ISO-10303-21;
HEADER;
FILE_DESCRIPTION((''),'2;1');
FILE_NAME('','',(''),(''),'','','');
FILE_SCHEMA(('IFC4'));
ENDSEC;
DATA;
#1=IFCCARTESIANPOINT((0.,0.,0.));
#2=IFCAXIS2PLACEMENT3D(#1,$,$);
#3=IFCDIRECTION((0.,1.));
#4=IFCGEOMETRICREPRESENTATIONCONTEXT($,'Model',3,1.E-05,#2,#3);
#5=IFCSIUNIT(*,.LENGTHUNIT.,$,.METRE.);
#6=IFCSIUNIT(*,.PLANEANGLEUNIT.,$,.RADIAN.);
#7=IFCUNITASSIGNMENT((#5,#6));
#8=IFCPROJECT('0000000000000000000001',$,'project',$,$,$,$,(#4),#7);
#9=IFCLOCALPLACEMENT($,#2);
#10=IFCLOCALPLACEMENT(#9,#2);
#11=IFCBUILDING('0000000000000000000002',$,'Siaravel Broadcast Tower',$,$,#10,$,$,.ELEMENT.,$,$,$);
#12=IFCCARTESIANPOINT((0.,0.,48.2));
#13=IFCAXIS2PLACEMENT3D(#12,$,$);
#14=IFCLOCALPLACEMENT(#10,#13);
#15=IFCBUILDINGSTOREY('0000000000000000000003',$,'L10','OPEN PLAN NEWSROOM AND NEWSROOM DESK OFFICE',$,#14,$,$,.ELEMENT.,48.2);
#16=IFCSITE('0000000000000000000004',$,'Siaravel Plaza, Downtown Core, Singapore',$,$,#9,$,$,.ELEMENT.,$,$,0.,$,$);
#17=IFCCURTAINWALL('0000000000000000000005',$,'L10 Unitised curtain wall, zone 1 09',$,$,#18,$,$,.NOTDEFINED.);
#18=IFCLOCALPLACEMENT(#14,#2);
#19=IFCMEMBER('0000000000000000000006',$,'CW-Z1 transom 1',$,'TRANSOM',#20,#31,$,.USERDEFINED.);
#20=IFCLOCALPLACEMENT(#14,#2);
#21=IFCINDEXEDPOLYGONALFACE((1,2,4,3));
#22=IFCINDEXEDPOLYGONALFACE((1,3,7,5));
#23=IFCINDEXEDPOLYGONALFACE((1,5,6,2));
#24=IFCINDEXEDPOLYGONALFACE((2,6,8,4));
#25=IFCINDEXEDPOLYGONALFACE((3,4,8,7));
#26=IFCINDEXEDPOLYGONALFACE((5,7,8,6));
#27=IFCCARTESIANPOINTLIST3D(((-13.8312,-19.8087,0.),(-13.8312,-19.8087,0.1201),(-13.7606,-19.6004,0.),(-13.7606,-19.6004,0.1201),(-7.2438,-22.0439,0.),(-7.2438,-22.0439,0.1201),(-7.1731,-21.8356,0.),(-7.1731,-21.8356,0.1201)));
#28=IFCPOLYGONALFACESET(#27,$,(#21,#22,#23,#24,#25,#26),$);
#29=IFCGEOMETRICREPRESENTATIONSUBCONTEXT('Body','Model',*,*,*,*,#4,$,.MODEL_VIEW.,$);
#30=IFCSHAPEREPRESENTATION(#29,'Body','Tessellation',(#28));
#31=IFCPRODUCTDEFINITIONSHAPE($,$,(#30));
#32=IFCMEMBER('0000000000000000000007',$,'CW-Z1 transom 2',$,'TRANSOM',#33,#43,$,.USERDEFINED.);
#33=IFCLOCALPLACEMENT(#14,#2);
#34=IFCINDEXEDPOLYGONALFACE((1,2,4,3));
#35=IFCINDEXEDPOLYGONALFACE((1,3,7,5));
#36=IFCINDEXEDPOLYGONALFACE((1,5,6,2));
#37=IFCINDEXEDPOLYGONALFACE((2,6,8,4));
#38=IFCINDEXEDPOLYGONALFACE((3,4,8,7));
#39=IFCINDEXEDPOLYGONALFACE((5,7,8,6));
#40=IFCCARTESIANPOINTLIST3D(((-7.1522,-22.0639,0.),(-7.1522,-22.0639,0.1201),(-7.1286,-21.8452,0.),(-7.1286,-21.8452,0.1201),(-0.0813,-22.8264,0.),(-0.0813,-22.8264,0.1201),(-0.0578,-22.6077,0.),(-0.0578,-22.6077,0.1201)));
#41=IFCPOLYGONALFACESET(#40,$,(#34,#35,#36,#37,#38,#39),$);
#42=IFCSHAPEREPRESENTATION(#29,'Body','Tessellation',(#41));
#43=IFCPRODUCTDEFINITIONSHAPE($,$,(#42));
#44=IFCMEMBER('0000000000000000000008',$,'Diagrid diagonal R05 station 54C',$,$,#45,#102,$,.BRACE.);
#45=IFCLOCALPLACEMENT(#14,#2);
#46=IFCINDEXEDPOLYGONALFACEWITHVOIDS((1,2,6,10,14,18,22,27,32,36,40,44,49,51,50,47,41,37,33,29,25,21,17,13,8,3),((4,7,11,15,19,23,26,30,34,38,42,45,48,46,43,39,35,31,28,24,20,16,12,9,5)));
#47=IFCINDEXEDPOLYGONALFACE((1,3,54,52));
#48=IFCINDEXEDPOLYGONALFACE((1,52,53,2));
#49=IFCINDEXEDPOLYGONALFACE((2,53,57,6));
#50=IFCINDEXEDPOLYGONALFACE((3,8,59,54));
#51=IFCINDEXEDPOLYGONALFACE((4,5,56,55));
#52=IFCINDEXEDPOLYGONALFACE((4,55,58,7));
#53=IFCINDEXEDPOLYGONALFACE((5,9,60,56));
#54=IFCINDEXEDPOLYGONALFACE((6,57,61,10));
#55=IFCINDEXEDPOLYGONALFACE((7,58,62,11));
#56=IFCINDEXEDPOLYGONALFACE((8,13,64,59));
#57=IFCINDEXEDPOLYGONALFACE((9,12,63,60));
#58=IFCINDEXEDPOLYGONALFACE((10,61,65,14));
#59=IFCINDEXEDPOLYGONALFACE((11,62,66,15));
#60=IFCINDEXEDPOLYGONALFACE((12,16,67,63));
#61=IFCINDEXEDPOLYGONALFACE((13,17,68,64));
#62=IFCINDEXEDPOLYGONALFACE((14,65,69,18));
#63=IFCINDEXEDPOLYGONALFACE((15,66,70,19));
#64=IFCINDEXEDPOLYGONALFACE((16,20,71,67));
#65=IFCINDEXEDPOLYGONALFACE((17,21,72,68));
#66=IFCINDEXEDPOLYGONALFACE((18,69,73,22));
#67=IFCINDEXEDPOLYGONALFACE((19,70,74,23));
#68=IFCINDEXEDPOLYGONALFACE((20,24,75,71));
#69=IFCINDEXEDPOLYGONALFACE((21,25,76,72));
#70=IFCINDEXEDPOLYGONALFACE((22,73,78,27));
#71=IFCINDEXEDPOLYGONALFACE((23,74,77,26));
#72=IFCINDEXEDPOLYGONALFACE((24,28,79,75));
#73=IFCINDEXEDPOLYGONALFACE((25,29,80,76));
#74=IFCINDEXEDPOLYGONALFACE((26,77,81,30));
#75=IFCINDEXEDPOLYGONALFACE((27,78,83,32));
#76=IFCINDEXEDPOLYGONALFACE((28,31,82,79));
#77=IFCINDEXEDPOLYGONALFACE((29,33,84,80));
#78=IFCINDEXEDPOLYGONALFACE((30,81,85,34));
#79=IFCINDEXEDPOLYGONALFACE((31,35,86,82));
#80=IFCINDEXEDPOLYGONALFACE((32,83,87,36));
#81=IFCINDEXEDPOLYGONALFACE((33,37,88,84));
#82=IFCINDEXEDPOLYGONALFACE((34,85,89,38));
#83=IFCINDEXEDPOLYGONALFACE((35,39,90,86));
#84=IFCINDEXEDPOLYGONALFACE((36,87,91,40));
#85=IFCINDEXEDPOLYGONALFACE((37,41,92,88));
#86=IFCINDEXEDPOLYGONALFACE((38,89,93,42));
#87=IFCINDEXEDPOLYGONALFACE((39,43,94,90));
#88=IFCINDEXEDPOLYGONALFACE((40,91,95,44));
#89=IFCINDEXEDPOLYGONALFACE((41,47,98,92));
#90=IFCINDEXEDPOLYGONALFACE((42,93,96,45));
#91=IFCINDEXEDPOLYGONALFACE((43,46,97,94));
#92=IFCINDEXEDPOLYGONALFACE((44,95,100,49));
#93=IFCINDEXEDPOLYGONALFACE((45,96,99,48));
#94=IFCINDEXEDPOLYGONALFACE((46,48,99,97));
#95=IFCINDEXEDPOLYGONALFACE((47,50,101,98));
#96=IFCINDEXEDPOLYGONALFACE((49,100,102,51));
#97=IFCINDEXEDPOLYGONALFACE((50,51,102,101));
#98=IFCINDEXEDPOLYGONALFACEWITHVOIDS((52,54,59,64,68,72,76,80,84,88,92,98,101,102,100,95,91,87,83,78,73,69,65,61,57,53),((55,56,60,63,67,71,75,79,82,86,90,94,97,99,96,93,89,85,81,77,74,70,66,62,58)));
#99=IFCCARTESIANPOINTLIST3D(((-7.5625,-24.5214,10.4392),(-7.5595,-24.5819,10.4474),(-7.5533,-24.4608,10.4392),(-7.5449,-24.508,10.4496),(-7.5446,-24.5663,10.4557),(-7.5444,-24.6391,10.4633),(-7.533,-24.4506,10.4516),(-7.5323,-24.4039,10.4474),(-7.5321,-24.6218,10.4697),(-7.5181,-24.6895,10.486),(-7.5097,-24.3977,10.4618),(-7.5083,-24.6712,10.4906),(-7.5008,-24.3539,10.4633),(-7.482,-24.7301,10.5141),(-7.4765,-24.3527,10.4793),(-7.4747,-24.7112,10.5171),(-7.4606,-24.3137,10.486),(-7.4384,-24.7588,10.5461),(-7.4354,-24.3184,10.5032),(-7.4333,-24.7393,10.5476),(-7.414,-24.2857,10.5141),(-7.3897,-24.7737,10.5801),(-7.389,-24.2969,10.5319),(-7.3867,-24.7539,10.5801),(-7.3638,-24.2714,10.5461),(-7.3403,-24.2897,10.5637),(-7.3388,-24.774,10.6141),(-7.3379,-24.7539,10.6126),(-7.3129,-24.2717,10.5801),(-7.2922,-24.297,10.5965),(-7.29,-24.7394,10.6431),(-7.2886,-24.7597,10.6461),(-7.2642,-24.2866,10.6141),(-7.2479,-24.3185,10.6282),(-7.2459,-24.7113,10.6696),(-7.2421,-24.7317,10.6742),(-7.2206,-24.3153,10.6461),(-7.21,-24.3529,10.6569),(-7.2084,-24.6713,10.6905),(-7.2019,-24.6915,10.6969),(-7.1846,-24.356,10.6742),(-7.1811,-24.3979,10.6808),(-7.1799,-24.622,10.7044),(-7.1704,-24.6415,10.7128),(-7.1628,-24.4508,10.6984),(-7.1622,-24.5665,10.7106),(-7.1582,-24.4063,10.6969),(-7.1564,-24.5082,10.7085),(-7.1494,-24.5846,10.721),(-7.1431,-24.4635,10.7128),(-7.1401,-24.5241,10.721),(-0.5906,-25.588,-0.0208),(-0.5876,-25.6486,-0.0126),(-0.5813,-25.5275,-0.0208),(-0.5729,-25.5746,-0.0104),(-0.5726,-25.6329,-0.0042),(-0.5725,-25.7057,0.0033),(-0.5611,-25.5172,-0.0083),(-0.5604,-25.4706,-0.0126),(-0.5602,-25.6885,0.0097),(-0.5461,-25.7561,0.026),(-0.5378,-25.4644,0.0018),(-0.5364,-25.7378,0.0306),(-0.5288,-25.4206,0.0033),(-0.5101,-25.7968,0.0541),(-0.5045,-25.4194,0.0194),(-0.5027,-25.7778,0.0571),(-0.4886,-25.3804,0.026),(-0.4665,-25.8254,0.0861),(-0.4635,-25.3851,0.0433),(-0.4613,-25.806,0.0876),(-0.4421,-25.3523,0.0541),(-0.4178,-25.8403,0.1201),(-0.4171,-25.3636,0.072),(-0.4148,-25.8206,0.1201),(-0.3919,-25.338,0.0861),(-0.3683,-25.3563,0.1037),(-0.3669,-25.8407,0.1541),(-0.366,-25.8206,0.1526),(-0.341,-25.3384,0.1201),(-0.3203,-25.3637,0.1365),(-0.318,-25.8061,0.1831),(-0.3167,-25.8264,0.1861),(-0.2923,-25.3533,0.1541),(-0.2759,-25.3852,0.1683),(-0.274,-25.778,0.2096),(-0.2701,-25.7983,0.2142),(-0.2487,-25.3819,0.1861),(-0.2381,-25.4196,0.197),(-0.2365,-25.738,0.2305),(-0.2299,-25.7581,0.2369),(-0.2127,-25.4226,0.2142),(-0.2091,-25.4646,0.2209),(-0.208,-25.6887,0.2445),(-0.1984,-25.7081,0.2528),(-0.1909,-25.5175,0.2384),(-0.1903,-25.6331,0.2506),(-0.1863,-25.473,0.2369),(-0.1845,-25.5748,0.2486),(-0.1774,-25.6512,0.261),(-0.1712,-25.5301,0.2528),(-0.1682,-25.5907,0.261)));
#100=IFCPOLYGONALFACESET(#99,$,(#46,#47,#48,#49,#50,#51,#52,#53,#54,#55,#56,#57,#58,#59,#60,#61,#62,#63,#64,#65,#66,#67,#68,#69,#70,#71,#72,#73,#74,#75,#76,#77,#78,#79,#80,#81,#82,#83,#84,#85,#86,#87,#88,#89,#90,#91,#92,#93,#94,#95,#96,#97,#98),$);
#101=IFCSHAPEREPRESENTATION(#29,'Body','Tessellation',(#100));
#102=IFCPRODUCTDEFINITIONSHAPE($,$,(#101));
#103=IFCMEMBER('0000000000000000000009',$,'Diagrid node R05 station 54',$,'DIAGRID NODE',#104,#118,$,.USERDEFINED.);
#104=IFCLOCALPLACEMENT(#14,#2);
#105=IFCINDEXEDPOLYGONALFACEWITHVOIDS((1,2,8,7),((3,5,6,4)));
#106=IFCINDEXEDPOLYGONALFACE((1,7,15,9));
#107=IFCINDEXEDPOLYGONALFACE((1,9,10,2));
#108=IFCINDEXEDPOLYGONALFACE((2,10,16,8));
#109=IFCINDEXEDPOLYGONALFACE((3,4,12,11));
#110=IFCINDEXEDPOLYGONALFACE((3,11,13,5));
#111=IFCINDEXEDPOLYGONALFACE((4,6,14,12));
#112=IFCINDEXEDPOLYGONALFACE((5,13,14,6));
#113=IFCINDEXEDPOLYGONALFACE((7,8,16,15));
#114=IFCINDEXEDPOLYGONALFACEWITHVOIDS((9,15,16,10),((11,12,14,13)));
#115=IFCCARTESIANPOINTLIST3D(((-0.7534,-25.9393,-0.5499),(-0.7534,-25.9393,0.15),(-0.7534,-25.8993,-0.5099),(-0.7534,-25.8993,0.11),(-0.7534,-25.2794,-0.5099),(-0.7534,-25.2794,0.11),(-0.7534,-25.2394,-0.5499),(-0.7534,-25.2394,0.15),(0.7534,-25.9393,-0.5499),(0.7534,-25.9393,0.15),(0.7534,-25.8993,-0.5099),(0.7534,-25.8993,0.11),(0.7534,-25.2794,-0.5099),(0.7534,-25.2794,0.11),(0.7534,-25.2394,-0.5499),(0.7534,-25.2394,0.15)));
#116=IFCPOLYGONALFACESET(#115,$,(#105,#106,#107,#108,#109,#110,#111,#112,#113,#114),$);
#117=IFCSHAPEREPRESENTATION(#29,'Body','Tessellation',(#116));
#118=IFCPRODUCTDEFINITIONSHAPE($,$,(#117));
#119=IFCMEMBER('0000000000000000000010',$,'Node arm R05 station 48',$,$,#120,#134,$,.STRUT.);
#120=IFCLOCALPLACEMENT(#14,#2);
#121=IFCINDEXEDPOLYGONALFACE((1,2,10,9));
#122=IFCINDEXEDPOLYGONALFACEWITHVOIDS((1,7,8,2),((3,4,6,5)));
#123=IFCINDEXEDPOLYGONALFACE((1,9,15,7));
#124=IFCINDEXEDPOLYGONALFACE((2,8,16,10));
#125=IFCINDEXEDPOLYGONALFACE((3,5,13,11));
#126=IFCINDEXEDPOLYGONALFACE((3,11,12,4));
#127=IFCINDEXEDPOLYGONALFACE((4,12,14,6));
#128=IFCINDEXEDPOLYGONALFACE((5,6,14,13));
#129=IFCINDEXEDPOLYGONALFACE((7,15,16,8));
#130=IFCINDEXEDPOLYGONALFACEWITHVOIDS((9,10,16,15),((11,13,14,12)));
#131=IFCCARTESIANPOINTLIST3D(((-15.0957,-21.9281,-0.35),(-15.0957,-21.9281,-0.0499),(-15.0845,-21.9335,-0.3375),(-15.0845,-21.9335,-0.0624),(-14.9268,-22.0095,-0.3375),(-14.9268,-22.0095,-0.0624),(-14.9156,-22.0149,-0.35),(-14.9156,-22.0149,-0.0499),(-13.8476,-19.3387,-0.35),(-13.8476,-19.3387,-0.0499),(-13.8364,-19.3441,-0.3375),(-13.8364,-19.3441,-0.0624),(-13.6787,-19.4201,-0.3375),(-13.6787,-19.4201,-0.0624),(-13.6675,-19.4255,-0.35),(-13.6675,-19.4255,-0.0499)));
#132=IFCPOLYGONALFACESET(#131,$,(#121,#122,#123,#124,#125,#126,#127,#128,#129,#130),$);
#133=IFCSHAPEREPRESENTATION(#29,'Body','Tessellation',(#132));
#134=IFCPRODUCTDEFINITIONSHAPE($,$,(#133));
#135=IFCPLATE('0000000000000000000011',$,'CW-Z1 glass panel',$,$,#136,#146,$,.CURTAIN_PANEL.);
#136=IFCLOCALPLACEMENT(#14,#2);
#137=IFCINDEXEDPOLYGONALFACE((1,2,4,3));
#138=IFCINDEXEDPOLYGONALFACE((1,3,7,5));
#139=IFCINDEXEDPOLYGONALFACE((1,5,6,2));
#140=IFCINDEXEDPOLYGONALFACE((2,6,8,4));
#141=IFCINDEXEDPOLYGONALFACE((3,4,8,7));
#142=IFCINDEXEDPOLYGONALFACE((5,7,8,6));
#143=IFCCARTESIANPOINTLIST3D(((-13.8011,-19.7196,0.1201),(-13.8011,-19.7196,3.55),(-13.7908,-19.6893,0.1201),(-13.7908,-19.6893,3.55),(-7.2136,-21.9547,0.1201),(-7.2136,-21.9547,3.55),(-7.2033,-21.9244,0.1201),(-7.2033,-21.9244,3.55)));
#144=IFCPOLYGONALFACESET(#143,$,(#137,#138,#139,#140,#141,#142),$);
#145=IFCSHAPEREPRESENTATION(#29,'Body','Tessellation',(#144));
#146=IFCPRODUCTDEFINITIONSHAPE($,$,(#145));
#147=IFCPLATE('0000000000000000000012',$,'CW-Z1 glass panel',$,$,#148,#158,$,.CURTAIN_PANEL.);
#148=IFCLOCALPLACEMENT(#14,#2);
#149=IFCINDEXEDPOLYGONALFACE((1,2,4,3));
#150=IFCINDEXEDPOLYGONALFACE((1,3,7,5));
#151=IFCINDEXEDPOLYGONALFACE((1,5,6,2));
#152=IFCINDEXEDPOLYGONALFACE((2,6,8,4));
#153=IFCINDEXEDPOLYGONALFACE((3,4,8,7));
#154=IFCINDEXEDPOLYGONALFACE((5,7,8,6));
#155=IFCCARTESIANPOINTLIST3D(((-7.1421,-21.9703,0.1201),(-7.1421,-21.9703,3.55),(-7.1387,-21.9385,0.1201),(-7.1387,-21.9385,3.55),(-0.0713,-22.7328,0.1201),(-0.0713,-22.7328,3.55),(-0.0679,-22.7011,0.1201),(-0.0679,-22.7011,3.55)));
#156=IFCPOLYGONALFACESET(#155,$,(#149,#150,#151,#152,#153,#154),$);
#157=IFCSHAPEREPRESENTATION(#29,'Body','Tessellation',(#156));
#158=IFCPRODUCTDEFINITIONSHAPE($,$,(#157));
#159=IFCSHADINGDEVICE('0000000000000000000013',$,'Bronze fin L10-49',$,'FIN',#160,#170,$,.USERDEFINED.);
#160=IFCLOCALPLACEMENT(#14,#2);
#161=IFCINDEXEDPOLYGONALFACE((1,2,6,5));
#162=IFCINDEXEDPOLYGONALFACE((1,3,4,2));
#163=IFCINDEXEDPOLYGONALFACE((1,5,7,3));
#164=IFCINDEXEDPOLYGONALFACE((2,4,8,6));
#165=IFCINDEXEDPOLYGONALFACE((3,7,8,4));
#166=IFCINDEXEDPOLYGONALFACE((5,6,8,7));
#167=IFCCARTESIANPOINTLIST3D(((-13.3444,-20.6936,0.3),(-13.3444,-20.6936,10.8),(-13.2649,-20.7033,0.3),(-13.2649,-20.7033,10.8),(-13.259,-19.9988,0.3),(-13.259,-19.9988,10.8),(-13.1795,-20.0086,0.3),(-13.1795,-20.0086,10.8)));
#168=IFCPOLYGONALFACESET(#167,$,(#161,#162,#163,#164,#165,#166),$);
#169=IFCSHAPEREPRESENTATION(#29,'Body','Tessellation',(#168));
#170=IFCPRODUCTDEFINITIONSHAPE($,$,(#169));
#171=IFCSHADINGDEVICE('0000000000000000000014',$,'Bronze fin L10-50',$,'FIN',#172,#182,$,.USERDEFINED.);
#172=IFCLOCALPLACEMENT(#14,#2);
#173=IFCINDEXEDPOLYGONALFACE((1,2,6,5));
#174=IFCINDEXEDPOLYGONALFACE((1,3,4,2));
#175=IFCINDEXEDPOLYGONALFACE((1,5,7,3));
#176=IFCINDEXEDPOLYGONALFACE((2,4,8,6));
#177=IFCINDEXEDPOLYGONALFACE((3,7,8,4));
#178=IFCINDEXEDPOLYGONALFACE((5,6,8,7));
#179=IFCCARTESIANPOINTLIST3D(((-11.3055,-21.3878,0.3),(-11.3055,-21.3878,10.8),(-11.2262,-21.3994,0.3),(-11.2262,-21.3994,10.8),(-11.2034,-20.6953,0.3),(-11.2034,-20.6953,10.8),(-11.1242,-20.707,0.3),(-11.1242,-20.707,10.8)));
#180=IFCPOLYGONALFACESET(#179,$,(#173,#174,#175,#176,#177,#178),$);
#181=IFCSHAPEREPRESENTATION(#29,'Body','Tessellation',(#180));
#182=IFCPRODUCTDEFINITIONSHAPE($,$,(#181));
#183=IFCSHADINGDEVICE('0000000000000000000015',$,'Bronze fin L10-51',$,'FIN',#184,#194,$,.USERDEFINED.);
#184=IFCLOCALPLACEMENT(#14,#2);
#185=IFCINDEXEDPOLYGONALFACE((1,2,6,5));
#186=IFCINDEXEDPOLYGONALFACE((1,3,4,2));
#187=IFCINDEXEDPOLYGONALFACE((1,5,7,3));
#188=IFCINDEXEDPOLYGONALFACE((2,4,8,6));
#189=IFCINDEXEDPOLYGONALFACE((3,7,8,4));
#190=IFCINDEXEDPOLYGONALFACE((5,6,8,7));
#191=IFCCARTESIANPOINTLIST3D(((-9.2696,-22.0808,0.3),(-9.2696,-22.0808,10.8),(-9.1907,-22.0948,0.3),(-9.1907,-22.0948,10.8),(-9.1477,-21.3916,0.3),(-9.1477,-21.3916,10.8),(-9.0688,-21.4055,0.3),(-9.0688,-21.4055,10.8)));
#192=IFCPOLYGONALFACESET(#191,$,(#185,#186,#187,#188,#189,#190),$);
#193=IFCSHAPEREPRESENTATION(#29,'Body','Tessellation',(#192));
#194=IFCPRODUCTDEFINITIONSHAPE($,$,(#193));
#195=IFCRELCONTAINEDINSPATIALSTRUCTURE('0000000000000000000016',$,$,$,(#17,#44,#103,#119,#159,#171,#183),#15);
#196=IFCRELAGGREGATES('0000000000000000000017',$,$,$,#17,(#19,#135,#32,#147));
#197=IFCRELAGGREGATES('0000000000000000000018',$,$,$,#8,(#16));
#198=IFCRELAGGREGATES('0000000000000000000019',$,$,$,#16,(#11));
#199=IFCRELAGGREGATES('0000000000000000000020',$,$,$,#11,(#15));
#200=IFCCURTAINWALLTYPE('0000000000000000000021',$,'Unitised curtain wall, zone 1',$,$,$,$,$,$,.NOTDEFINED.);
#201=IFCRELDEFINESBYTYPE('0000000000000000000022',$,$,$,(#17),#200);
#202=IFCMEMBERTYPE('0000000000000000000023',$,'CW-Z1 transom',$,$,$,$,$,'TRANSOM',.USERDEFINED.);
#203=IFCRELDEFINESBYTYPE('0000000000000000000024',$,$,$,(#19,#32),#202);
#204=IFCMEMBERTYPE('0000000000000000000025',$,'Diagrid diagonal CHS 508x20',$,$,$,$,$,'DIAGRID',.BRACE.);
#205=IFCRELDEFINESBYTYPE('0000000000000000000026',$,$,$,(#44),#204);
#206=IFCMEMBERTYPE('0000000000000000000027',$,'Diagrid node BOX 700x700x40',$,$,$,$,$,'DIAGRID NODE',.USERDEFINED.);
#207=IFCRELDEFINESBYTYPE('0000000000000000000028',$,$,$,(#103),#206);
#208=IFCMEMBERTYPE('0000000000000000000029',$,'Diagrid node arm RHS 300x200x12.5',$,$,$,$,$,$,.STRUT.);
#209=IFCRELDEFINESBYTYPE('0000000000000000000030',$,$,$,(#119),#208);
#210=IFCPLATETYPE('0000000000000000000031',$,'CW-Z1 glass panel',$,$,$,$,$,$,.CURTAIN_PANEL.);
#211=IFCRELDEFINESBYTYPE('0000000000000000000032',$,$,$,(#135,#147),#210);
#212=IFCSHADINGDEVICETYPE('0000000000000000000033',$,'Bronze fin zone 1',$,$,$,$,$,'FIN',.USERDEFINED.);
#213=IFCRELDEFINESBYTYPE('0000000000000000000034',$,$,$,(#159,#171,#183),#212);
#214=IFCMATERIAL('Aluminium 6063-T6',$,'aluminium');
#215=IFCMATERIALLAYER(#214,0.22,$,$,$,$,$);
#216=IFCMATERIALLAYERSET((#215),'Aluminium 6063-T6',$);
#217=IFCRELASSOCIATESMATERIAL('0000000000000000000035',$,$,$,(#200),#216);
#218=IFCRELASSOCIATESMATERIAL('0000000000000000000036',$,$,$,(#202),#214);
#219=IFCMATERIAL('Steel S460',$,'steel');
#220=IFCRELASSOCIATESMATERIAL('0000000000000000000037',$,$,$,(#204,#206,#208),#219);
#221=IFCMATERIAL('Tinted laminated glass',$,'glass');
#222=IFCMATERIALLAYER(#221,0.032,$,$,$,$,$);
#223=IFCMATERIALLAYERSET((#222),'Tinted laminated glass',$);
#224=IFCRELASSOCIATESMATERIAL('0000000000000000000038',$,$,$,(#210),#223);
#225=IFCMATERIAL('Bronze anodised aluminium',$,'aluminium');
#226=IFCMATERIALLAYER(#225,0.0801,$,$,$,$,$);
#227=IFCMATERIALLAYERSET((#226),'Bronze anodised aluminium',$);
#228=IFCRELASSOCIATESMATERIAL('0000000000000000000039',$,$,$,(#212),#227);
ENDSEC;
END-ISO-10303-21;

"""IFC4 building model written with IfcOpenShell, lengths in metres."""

from ifc_helpers import new_model, si_unit, direction, frame, origin, origin_2d, place, context, subcontext, project, spatial, rectangle, hollow_rectangle, hollow_circle, extrude, material, layer, layer_set, material_profile, profile_set, type_object, element, aggregate, save


model = new_model("IFC4")

# Units and contexts
model_context = context("Model", 3, precision=1e-05, world=origin(), true_north=direction((0.0, 1.0)))
body_context = subcontext(model_context, "Body", "Model", "MODEL_VIEW")
ifc_project = project(units=[si_unit("LENGTHUNIT", "METRE"), si_unit("PLANEANGLEUNIT", "RADIAN")], contexts=[model_context])

# Site, building, storey
site_placement = place(None, origin())
site = spatial("IfcSite", under=ifc_project, at=site_placement, Name="Siaravel Plaza, Downtown Core, Singapore", CompositionType="ELEMENT", RefElevation=0.0)
building_placement = place(site_placement, origin())
building = spatial("IfcBuilding", under=site, at=building_placement, Name="Siaravel Broadcast Tower", CompositionType="ELEMENT")
storey_placement = place(building_placement, frame((0.0, 0.0, 48.2)))
storey = spatial("IfcBuildingStorey", under=building, at=storey_placement, Name="L10", Description="OPEN PLAN NEWSROOM AND NEWSROOM DESK OFFICE", CompositionType="ELEMENT", Elevation=48.2)

# Curtain wall, members
ifc_material_1 = material(Name="Aluminium 6063-T6", Category="aluminium")
ifc_layer_1 = layer(ifc_material_1, 0.22)
ifc_layer_set_1 = layer_set([ifc_layer_1], Name="Aluminium 6063-T6")
curtain_wall_type = type_object("IfcCurtainWallType", Name="Unitised curtain wall, zone 1", PredefinedType="NOTDEFINED", material=ifc_layer_set_1)
curtain_wall_placement = place(storey_placement, origin())
curtain_wall = element("IfcCurtainWall", 1, at=curtain_wall_placement, inside=storey, type_object=curtain_wall_type, Name="L10 Unitised curtain wall, zone 1 09", PredefinedType="NOTDEFINED")
ifc_material_profile_1 = material_profile(ifc_material_1, rectangle(XDim=0.22, YDim=0.1201, at=origin_2d()))
ifc_profile_set_1 = profile_set([ifc_material_profile_1], Name="Aluminium 6063-T6")
member_type_1 = type_object("IfcMemberType", Name="CW-Z1 transom", ElementType="TRANSOM", PredefinedType="USERDEFINED", material=ifc_profile_set_1)
member_1_placement = place(storey_placement, frame((-13.7959, -19.7046, 0.0601), z_axis=(0.946975, -0.321309, 0.0), x_axis=(0.321309, 0.946975, 0.0)))
member_1 = element("IfcMember", 2, at=member_1_placement, type_object=member_type_1, Name="CW-Z1 transom 1", ObjectType="TRANSOM", PredefinedType="USERDEFINED", context=body_context, shape_type="SweptSolid", body=[
    extrude(rectangle(XDim=0.22, YDim=0.1201, at=origin_2d()), origin(), (0.0, 0.0, 1.0), 6.9563),
])
member_2_placement = place(storey_placement, frame((-7.1404, -21.9546, 0.0601), z_axis=(0.994236, -0.107209, 0.0), x_axis=(0.107209, 0.994236, 0.0)))
member_2 = element("IfcMember", 3, at=member_2_placement, type_object=member_type_1, Name="CW-Z1 transom 2", ObjectType="TRANSOM", PredefinedType="USERDEFINED", context=body_context, shape_type="SweptSolid", body=[
    extrude(rectangle(XDim=0.22, YDim=0.1201, at=origin_2d()), origin(), (0.0, 0.0, 1.0), 7.1118),
])

# Members
ifc_material_2 = material(Name="Steel S460", Category="steel")
ifc_material_profile_2 = material_profile(ifc_material_2, hollow_circle(Radius=0.2539, WallThickness=0.02, at=origin_2d()))
ifc_profile_set_2 = profile_set([ifc_material_profile_2], Name="Steel S460")
member_type_2 = type_object("IfcMemberType", Name="Diagrid diagonal CHS 508x20", ElementType="DIAGRID", PredefinedType="BRACE", material=ifc_profile_set_2)
member_3_placement = place(storey_placement, frame((-0.3794, -25.5894, 0.1201), z_axis=(-0.552638, 0.084549, 0.829122), x_axis=(-0.151233, -0.988498, 0.0)))
element("IfcMember", 4, at=member_3_placement, inside=storey, type_object=member_type_2, Name="Diagrid diagonal R05 station 54C", PredefinedType="BRACE", context=body_context, shape_type="SweptSolid", body=[
    extrude(hollow_circle(Radius=0.2539, WallThickness=0.02, at=origin_2d()), origin(), (0.0, 0.0, 1.0), 12.6157),
])
ifc_material_profile_3 = material_profile(ifc_material_2, hollow_rectangle(XDim=0.7, YDim=0.7, WallThickness=0.04, at=origin_2d()))
ifc_profile_set_3 = profile_set([ifc_material_profile_3], Name="Steel S460")
member_type_3 = type_object("IfcMemberType", Name="Diagrid node BOX 700x700x40", ElementType="DIAGRID NODE", PredefinedType="USERDEFINED", material=ifc_profile_set_3)
member_4_placement = place(storey_placement, frame((-0.7534, -25.5894, -0.2), z_axis=(1.0, 0.0, 0.0), x_axis=(0.0, 1.0, 0.0)))
element("IfcMember", 5, at=member_4_placement, inside=storey, type_object=member_type_3, Name="Diagrid node R05 station 54", ObjectType="DIAGRID NODE", PredefinedType="USERDEFINED", context=body_context, shape_type="SweptSolid", body=[
    extrude(hollow_rectangle(XDim=0.7, YDim=0.7, WallThickness=0.04, at=origin_2d()), origin(), (0.0, 0.0, 1.0), 1.5068),
])
ifc_material_profile_4 = material_profile(ifc_material_2, hollow_rectangle(XDim=0.2, YDim=0.3, WallThickness=0.0125, at=origin_2d()))
ifc_profile_set_4 = profile_set([ifc_material_profile_4], Name="Steel S460")
member_type_4 = type_object("IfcMemberType", Name="Diagrid node arm RHS 300x200x12.5", PredefinedType="STRUT", material=ifc_profile_set_4)
member_5_placement = place(storey_placement, frame((-13.7576, -19.3821, -0.2), z_axis=(-0.434188, -0.900822, 0.0), x_axis=(0.900822, -0.434188, 0.0)))
element("IfcMember", 6, at=member_5_placement, inside=storey, type_object=member_type_4, Name="Node arm R05 station 48", PredefinedType="STRUT", context=body_context, shape_type="SweptSolid", body=[
    extrude(hollow_rectangle(XDim=0.2, YDim=0.3, WallThickness=0.0125, at=origin_2d()), origin(), (0.0, 0.0, 1.0), 2.8745),
])

# Plates
ifc_material_3 = material(Name="Tinted laminated glass", Category="glass")
ifc_layer_2 = layer(ifc_material_3, 0.032)
ifc_layer_set_2 = layer_set([ifc_layer_2], Name="Tinted laminated glass")
plate_type = type_object("IfcPlateType", Name="CW-Z1 glass panel", PredefinedType="CURTAIN_PANEL", material=ifc_layer_set_2)
plate_1_placement = place(storey_placement, frame((-10.5022, -20.822, 0.1201), z_axis=(0.0, 0.0, 1.0), x_axis=(0.946977, -0.321301, 0.0)))
plate_1 = element("IfcPlate", 7, at=plate_1_placement, type_object=plate_type, Name="CW-Z1 glass panel", PredefinedType="CURTAIN_PANEL", context=body_context, shape_type="SweptSolid", body=[
    extrude(rectangle(XDim=6.9563, YDim=0.032, at=origin_2d()), origin(), (0.0, 0.0, 1.0), 3.4299),
])
plate_2_placement = place(storey_placement, frame((-3.605, -22.3357, 0.1201), z_axis=(0.0, 0.0, 1.0), x_axis=(0.994236, -0.107218, 0.0)))
plate_2 = element("IfcPlate", 8, at=plate_2_placement, type_object=plate_type, Name="CW-Z1 glass panel", PredefinedType="CURTAIN_PANEL", context=body_context, shape_type="SweptSolid", body=[
    extrude(rectangle(XDim=7.1118, YDim=0.032, at=origin_2d()), origin(), (0.0, 0.0, 1.0), 3.4299),
])
aggregate(curtain_wall, [member_1, plate_1, member_2, plate_2])

# Shading devices
ifc_material_4 = material(Name="Bronze anodised aluminium", Category="aluminium")
ifc_layer_3 = layer(ifc_material_4, 0.0801)
ifc_layer_set_3 = layer_set([ifc_layer_3], Name="Bronze anodised aluminium")
shading_device_type = type_object("IfcShadingDeviceType", Name="Bronze fin zone 1", ElementType="FIN", PredefinedType="USERDEFINED", material=ifc_layer_set_3)
for number, where, z_axis, x_axis, name in (
    (9, (-13.262, -20.3511, 0.3), (0.0, 0.0, 1.0), (-0.121959, -0.992535, 0.0), "Bronze fin L10-49"),
    (10, (-11.2148, -21.0474, 0.3), (0.0, 0.0, 1.0), (-0.145752, -0.989321, 0.0), "Bronze fin L10-50"),
    (11, (-9.1692, -21.7432, 0.3), (0.0, 0.0, 1.0), (-0.174186, -0.984713, 0.0), "Bronze fin L10-51"),
):
    element("IfcShadingDevice", number, at=place(storey_placement, frame(where, z_axis=z_axis, x_axis=x_axis)), inside=storey, type_object=shading_device_type, Name=name, ObjectType="FIN", PredefinedType="USERDEFINED", context=body_context, shape_type="SweptSolid", body=[
        extrude(rectangle(XDim=0.7, YDim=0.0801, at=origin_2d()), origin(), (0.0, 0.0, 1.0), 10.5),
    ])

save(model, "model.ifc")
